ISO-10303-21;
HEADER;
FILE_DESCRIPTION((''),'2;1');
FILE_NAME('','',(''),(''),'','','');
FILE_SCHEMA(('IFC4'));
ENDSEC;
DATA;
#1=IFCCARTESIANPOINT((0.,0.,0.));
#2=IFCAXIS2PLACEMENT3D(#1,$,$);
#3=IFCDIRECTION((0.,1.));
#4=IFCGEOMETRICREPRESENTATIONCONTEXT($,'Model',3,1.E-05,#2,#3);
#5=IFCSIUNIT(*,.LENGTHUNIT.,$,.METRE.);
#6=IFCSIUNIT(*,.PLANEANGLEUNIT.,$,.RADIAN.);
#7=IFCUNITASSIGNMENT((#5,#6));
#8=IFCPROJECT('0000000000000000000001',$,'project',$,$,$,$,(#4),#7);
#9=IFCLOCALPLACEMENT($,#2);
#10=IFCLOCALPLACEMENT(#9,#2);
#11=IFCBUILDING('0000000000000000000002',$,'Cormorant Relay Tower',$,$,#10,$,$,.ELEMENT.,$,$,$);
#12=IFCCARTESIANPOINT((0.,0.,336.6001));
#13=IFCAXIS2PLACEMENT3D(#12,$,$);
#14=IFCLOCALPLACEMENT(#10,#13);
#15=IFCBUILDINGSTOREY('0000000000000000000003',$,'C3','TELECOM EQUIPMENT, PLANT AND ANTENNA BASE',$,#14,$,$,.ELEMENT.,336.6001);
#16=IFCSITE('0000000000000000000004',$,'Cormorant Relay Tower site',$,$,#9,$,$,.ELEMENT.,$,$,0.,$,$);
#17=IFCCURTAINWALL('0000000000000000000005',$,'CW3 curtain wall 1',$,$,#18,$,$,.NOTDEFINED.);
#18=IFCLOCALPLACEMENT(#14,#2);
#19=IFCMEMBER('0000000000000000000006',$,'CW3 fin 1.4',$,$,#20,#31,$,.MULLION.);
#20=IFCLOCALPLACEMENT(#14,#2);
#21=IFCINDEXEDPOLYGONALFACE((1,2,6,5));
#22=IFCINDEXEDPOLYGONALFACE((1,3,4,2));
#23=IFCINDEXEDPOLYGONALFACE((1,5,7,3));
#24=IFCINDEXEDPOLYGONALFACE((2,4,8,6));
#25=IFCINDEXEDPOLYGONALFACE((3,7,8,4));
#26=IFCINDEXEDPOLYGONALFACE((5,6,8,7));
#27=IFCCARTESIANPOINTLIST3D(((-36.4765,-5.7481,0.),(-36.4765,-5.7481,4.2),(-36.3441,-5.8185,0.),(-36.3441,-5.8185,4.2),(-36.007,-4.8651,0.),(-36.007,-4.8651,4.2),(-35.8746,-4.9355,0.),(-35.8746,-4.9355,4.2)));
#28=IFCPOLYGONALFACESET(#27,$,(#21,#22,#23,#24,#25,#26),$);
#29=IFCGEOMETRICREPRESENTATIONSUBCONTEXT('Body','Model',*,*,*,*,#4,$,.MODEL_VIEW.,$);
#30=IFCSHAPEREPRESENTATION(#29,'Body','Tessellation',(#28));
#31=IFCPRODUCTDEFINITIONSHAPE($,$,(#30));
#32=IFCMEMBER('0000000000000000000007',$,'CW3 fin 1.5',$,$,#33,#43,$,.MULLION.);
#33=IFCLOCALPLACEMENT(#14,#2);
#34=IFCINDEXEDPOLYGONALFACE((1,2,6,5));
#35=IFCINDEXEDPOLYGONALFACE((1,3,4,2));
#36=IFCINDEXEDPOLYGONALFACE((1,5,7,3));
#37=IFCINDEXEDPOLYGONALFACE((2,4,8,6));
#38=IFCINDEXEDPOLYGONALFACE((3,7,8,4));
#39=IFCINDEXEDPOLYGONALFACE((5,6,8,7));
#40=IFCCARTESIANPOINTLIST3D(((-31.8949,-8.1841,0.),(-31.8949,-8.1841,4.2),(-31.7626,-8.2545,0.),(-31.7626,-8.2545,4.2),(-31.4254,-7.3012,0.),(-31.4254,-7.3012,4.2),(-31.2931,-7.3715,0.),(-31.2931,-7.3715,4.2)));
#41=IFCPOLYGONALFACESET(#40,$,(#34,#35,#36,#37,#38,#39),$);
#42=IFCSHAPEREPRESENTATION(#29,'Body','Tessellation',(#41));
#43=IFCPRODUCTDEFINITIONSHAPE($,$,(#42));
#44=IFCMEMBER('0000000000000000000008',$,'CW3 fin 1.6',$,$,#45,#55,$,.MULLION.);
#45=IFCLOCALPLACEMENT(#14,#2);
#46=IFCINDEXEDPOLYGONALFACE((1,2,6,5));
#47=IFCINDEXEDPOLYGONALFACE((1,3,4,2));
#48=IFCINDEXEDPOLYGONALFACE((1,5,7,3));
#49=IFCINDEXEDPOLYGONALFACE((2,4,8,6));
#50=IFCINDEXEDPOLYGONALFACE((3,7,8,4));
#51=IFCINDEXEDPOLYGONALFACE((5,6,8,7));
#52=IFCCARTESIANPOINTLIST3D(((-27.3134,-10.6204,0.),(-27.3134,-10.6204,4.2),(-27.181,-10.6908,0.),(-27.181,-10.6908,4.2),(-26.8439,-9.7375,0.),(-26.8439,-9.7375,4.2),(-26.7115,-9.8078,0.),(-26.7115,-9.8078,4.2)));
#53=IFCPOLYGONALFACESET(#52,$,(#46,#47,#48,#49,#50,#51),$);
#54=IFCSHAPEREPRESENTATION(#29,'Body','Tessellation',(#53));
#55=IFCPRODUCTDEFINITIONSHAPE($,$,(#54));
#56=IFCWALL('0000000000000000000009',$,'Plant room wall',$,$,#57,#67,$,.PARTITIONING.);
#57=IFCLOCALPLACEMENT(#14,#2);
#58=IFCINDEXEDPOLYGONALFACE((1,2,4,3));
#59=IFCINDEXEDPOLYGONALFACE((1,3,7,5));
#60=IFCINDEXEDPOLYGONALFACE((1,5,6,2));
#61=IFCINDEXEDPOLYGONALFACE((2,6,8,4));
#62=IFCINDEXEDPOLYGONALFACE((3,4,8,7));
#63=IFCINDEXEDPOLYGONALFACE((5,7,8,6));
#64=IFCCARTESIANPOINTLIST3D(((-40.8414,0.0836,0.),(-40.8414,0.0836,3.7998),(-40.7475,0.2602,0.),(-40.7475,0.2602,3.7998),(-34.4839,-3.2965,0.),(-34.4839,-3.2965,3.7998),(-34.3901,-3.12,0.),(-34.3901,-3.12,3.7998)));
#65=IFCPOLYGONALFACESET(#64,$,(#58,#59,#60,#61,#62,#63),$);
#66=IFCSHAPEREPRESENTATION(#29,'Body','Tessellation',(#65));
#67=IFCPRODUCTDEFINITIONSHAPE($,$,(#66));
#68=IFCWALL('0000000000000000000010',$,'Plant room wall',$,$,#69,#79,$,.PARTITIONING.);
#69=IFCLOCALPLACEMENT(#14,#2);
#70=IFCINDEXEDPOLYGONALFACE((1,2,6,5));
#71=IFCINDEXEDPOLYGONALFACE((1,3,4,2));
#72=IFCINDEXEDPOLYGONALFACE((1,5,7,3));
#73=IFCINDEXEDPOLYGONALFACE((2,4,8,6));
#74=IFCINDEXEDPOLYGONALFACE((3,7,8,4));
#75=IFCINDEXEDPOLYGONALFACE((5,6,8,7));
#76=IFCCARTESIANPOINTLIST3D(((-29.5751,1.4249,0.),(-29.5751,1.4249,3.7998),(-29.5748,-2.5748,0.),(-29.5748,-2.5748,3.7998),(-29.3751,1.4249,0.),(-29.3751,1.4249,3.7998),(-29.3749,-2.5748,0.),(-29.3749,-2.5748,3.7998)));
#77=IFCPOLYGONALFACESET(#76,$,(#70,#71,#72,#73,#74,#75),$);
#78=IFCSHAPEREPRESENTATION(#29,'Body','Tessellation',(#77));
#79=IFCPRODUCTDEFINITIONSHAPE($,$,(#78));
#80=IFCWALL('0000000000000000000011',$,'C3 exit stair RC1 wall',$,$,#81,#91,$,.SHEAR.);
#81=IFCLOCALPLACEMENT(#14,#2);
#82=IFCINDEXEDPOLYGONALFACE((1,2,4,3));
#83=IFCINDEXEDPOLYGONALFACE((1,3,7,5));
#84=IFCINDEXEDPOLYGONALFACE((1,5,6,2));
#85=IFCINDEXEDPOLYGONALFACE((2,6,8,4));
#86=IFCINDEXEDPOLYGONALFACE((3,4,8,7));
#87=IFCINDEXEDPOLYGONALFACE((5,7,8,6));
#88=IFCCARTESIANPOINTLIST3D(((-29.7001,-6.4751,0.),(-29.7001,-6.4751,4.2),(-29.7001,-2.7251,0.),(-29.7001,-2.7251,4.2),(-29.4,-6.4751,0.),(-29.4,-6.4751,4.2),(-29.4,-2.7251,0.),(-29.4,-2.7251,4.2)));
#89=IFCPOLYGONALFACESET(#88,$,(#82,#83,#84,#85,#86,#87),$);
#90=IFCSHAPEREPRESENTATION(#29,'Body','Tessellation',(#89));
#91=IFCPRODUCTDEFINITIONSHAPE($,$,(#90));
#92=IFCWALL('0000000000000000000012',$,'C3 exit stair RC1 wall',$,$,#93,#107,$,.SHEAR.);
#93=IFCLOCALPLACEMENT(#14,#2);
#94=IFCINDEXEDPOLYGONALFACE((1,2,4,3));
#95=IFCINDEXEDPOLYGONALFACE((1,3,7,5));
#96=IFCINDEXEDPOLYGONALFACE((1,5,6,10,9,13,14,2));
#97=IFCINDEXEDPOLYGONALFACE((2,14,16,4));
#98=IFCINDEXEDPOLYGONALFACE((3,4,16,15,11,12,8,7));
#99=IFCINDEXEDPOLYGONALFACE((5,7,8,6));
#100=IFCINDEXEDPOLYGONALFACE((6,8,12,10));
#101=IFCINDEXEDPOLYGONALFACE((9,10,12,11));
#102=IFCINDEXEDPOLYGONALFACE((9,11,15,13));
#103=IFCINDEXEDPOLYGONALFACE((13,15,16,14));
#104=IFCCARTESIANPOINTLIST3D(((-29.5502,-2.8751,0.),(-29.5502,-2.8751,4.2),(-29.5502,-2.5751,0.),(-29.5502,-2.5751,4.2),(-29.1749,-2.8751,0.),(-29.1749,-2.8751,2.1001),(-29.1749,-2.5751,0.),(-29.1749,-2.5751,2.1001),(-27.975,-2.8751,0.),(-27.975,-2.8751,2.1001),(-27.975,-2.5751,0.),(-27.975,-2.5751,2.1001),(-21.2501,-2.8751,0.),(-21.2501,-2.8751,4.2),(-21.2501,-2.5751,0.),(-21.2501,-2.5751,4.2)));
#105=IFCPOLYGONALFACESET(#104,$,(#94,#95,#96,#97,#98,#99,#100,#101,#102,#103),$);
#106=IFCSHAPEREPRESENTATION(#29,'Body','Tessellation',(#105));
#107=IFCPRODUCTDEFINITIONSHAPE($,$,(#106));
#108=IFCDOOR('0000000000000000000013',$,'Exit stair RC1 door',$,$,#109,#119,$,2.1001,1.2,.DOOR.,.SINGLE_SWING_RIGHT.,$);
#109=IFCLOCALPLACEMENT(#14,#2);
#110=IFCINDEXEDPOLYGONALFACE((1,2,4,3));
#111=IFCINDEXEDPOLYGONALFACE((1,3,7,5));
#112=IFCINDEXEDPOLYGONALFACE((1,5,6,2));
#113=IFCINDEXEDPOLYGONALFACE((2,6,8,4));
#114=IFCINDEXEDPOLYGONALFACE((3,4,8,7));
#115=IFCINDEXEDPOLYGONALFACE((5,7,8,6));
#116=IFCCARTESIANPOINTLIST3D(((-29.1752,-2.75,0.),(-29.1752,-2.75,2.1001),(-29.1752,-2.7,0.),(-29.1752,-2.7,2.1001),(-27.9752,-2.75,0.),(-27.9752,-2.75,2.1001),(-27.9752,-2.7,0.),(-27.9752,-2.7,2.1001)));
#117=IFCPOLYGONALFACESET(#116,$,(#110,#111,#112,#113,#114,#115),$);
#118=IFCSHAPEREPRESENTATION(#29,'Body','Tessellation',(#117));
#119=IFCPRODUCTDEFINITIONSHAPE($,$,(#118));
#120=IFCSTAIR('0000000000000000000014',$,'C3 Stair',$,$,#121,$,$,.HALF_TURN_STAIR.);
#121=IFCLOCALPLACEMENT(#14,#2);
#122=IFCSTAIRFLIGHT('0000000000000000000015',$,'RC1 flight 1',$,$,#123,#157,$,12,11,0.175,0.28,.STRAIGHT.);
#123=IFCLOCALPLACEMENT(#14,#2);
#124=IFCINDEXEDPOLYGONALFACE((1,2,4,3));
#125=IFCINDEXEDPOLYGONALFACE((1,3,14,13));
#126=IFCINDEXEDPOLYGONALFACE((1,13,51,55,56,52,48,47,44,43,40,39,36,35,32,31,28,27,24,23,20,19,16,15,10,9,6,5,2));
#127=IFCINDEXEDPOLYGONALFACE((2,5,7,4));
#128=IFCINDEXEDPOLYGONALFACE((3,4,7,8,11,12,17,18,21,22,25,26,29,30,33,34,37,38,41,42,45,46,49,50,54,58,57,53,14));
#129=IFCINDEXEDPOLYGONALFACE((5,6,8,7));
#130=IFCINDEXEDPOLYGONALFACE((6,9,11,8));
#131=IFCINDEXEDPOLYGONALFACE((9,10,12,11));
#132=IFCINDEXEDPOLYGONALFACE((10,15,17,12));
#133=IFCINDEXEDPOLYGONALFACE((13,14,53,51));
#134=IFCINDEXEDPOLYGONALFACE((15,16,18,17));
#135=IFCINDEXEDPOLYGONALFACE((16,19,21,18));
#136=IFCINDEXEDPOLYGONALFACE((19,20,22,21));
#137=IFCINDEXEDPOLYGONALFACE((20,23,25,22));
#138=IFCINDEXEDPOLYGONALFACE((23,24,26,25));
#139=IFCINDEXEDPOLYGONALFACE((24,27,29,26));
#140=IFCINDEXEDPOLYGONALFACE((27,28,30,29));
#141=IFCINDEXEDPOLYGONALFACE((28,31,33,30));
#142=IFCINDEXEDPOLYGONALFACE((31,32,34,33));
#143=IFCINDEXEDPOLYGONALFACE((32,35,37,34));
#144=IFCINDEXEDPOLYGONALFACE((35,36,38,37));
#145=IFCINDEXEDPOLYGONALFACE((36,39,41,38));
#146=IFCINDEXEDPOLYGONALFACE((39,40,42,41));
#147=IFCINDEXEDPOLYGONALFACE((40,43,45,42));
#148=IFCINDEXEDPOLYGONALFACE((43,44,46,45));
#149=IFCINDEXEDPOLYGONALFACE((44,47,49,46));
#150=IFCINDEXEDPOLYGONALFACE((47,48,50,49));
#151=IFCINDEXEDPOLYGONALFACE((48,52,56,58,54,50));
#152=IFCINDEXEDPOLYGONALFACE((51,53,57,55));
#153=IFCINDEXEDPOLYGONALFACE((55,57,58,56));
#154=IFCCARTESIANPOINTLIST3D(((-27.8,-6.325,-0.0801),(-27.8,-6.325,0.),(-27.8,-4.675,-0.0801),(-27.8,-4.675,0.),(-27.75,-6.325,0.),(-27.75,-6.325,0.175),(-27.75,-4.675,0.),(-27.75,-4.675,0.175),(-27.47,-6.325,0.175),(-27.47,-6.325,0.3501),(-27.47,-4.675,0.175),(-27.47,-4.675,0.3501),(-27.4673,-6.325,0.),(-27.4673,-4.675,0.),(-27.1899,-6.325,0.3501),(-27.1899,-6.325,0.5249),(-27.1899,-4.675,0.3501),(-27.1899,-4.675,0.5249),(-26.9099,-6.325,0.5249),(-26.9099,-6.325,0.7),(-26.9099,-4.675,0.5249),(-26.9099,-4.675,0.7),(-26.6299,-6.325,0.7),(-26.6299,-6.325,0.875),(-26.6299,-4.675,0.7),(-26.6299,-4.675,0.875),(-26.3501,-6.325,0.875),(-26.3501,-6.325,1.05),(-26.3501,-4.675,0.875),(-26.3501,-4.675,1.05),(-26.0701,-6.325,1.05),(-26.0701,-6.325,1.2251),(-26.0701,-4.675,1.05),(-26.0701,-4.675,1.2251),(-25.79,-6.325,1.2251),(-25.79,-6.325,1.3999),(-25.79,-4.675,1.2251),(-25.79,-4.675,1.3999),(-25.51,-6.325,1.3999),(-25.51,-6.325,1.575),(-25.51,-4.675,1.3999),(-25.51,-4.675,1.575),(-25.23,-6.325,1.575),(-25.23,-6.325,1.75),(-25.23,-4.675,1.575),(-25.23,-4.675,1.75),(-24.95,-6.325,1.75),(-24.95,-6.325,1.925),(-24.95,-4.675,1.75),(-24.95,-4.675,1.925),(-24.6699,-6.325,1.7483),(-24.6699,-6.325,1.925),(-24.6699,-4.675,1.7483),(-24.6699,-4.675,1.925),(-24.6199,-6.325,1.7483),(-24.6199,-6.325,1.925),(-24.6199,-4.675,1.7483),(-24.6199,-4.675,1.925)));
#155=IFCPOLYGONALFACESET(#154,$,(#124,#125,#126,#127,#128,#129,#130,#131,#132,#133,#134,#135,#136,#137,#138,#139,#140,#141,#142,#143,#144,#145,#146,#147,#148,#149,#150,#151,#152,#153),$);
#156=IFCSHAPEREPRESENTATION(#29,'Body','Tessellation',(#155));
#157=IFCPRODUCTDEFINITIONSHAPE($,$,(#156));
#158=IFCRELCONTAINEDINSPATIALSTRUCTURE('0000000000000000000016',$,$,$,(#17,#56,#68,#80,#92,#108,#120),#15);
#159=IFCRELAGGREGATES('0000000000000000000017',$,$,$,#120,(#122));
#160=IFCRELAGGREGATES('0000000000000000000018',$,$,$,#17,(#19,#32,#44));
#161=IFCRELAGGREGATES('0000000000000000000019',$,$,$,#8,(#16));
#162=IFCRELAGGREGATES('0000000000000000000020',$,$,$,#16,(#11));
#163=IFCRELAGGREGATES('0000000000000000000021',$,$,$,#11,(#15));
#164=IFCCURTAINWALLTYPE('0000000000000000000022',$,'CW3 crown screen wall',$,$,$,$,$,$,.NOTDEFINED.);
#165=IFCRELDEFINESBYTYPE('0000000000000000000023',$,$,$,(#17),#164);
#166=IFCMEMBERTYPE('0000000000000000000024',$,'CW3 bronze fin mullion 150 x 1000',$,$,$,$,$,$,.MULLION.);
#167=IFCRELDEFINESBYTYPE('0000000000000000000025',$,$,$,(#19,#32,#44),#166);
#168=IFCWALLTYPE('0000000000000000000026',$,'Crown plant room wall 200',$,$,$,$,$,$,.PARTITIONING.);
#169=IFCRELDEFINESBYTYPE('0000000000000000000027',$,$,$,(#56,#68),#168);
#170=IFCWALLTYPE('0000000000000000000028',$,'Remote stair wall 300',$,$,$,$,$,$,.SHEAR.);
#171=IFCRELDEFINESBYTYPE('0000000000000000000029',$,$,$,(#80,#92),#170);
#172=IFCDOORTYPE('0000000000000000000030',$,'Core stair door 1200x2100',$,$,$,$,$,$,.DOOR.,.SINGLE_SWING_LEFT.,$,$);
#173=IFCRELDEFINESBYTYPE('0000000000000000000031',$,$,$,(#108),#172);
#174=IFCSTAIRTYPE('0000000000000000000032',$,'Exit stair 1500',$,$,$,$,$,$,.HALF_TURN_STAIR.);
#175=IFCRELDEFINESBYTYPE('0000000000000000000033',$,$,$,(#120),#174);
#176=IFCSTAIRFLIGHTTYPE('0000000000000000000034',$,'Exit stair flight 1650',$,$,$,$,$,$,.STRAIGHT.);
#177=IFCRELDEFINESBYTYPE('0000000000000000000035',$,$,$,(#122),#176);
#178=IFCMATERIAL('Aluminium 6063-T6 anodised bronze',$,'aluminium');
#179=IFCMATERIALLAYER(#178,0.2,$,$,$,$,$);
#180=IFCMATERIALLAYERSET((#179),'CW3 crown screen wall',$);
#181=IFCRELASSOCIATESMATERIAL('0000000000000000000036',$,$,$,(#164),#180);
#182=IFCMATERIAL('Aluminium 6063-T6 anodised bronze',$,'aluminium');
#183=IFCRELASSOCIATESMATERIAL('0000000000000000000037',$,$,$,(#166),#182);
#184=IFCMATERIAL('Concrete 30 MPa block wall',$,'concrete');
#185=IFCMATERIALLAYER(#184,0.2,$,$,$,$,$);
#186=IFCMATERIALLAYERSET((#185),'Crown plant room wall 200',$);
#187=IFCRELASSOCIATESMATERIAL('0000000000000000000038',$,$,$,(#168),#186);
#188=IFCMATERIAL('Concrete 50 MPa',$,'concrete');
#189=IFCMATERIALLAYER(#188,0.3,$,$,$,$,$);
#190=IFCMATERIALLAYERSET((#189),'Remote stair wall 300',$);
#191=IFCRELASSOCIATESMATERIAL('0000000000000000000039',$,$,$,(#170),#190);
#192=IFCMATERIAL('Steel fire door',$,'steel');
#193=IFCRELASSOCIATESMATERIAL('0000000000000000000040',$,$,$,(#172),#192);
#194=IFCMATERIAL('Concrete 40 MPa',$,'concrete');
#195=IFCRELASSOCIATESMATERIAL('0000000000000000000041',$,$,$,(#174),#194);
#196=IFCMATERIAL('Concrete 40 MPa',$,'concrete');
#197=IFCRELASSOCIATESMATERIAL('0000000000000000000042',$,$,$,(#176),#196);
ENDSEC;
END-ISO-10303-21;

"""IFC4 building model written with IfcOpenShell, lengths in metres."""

from ifc_helpers import new_model, si_unit, direction, frame, frame_2d, origin, origin_2d, place, context, subcontext, project, spatial, polyline, rectangle, outline, extrude, material, layer, layer_set, material_profile, profile_set, type_object, element, fill, aggregate, save


model = new_model("IFC4")

# Units and contexts
model_context = context("Model", 3, precision=1e-05, world=origin(), true_north=direction((0.0, 1.0)))
body_context = subcontext(model_context, "Body", "Model", "MODEL_VIEW")
ifc_project = project(units=[si_unit("LENGTHUNIT", "METRE"), si_unit("PLANEANGLEUNIT", "RADIAN")], contexts=[model_context])

# Site, building, storey
site_placement = place(None, origin())
site = spatial("IfcSite", under=ifc_project, at=site_placement, Name="Cormorant Relay Tower site", CompositionType="ELEMENT", RefElevation=0.0)
building_placement = place(site_placement, origin())
building = spatial("IfcBuilding", under=site, at=building_placement, Name="Cormorant Relay Tower", CompositionType="ELEMENT")
storey_placement = place(building_placement, frame((0.0, 0.0, 336.6001)))
storey = spatial("IfcBuildingStorey", under=building, at=storey_placement, Name="C3", Description="TELECOM EQUIPMENT, PLANT AND ANTENNA BASE", CompositionType="ELEMENT", Elevation=336.6001)

# Curtain wall, members
ifc_material_1 = material(Name="Aluminium 6063-T6 anodised bronze", Category="aluminium")
ifc_layer_1 = layer(ifc_material_1, 0.2)
ifc_layer_set_1 = layer_set([ifc_layer_1], Name="CW3 crown screen wall")
curtain_wall_type = type_object("IfcCurtainWallType", Name="CW3 crown screen wall", PredefinedType="NOTDEFINED", material=ifc_layer_set_1)
curtain_wall_placement = place(storey_placement, origin())
curtain_wall = element("IfcCurtainWall", 1, at=curtain_wall_placement, inside=storey, type_object=curtain_wall_type, Name="CW3 curtain wall 1", PredefinedType="NOTDEFINED")
ifc_material_2 = material(Name="Aluminium 6063-T6 anodised bronze", Category="aluminium")
ifc_material_profile = material_profile(ifc_material_2, rectangle(XDim=0.1499, YDim=1.0, at=origin_2d()), Name="AL 150x1000")
ifc_profile_set = profile_set([ifc_material_profile], Name="Aluminium 6063-T6 anodised bronze")
member_type = type_object("IfcMemberType", Name="CW3 bronze fin mullion 150 x 1000", PredefinedType="MULLION", material=ifc_profile_set)
member_1_placement = place(storey_placement, frame((-36.1755, -5.3418, 0.0), z_axis=(0.0, 0.0, 1.0), x_axis=(0.882948, -0.469472, 0.0)))
member_1 = element("IfcMember", 2, at=member_1_placement, type_object=member_type, Name="CW3 fin 1.4", PredefinedType="MULLION", context=body_context, shape_type="SweptSolid", body=[
    extrude(rectangle(XDim=0.1499, YDim=1.0, at=origin_2d()), origin(), (0.0, 0.0, 1.0), 4.2),
])
member_2_placement = place(storey_placement, frame((-31.594, -7.7778, 0.0), z_axis=(0.0, 0.0, 1.0), x_axis=(0.882948, -0.469472, 0.0)))
member_2 = element("IfcMember", 3, at=member_2_placement, type_object=member_type, Name="CW3 fin 1.5", PredefinedType="MULLION", context=body_context, shape_type="SweptSolid", body=[
    extrude(rectangle(XDim=0.1499, YDim=1.0, at=origin_2d()), origin(), (0.0, 0.0, 1.0), 4.2),
])
member_3_placement = place(storey_placement, frame((-27.0125, -10.2141, 0.0), z_axis=(0.0, 0.0, 1.0), x_axis=(0.882948, -0.469472, 0.0)))
member_3 = element("IfcMember", 4, at=member_3_placement, type_object=member_type, Name="CW3 fin 1.6", PredefinedType="MULLION", context=body_context, shape_type="SweptSolid", body=[
    extrude(rectangle(XDim=0.1499, YDim=1.0, at=origin_2d()), origin(), (0.0, 0.0, 1.0), 4.2),
])

# Walls
ifc_material_3 = material(Name="Concrete 30 MPa block wall", Category="concrete")
ifc_layer_2 = layer(ifc_material_3, 0.2)
ifc_layer_set_2 = layer_set([ifc_layer_2], Name="Crown plant room wall 200")
wall_type_1 = type_object("IfcWallType", Name="Crown plant room wall 200", PredefinedType="PARTITIONING", material=ifc_layer_set_2)
wall_1_placement = place(storey_placement, frame((-34.437, -3.2083, 0.0), z_axis=(0.0, 0.0, 1.0), x_axis=(-0.882958, 0.469453, 0.0)))
element("IfcWall", 5, at=wall_1_placement, inside=storey, type_object=wall_type_1, Name="Plant room wall", PredefinedType="PARTITIONING", context=body_context, shape_type="SweptSolid", body=[
    extrude(rectangle(XDim=7.2002, YDim=0.2, at=frame_2d((3.6001, 0.0))), origin(), (0.0, 0.0, 1.0), 3.7998),
])
wall_2_placement = place(storey_placement, frame((-29.4749, -2.575, 0.0), z_axis=(0.0, 0.0, 1.0), x_axis=(-0.000061, 1.0, 0.0)))
element("IfcWall", 6, at=wall_2_placement, inside=storey, type_object=wall_type_1, Name="Plant room wall", PredefinedType="PARTITIONING", context=body_context, shape_type="SweptSolid", body=[
    extrude(rectangle(XDim=3.9998, YDim=0.2, at=frame_2d((2.0, 0.0))), origin(), (0.0, 0.0, 1.0), 3.7998),
])
ifc_material_4 = material(Name="Concrete 50 MPa", Category="concrete")
ifc_layer_3 = layer(ifc_material_4, 0.3)
ifc_layer_set_3 = layer_set([ifc_layer_3], Name="Remote stair wall 300")
wall_type_2 = type_object("IfcWallType", Name="Remote stair wall 300", PredefinedType="SHEAR", material=ifc_layer_set_3)
wall_3_placement = place(storey_placement, frame((-29.55, -6.4751, 0.0), z_axis=(0.0, 0.0, 1.0), x_axis=(0.0, 1.0, 0.0)))
element("IfcWall", 7, at=wall_3_placement, inside=storey, type_object=wall_type_2, Name="C3 exit stair RC1 wall", PredefinedType="SHEAR", context=body_context, shape_type="SweptSolid", body=[
    extrude(rectangle(XDim=3.75, YDim=0.3, at=frame_2d((1.875, 0.0))), origin(), (0.0, 0.0, 1.0), 4.2),
])

# Wall, opening, door
wall_4_placement = place(storey_placement, frame((-29.55, -2.7251, 0.0), z_axis=(0.0, 0.0, 1.0), x_axis=(1.0, 0.0, 0.0)))
wall_4 = element("IfcWall", 8, at=wall_4_placement, inside=storey, type_object=wall_type_2, Name="C3 exit stair RC1 wall", PredefinedType="SHEAR", context=body_context, shape_type="SweptSolid", body=[
    extrude(rectangle(XDim=8.3, YDim=0.3, at=frame_2d((4.1499, 0.0))), origin(), (0.0, 0.0, 1.0), 4.2),
])
opening_placement = place(wall_4_placement, frame((0.375, 0.0, 0.0)))
opening = element("IfcOpeningElement", 9, at=opening_placement, cuts=wall_4, PredefinedType="OPENING", context=body_context, shape_type="SweptSolid", body=[
    extrude(rectangle(XDim=1.2, YDim=2.1001, at=frame_2d((0.6001, 1.05))), frame((0.0, 0.1599, 0.0), z_axis=(0.0, -1.0, 0.0), x_axis=(1.0, 0.0, 0.0)), (0.0, 0.0, 1.0), 0.3201),
])
ifc_material_5 = material(Name="Steel fire door", Category="steel")
door_type = type_object("IfcDoorType", Name="Core stair door 1200x2100", OperationType="SINGLE_SWING_LEFT", PredefinedType="DOOR", material=ifc_material_5)
door_placement = place(opening_placement, frame((1.2, 0.0, 0.0), z_axis=(0.0, 0.0, 1.0), x_axis=(-1.0, 0.0, 0.0)))
door = element("IfcDoor", 10, at=door_placement, inside=storey, type_object=door_type, Name="Exit stair RC1 door", OperationType="SINGLE_SWING_RIGHT", OverallHeight=2.1001, OverallWidth=1.2, PredefinedType="DOOR", context=body_context, shape_type="SweptSolid", body=[
    extrude(rectangle(XDim=1.2, YDim=2.1001, at=frame_2d((0.6001, 1.05))), frame((0.0, 0.0249, 0.0), z_axis=(0.0, -1.0, 0.0), x_axis=(1.0, 0.0, 0.0)), (0.0, 0.0, 1.0), 0.05),
])
fill(opening, door)

# Stair, stair flight
ifc_material_6 = material(Name="Concrete 40 MPa", Category="concrete")
stair_type = type_object("IfcStairType", Name="Exit stair 1500", PredefinedType="HALF_TURN_STAIR", material=ifc_material_6)
stair_placement = place(storey_placement, origin())
stair = element("IfcStair", 11, at=stair_placement, inside=storey, type_object=stair_type, Name="C3 Stair", PredefinedType="HALF_TURN_STAIR")
ifc_material_7 = material(Name="Concrete 40 MPa", Category="concrete")
stair_flight_type = type_object("IfcStairFlightType", Name="Exit stair flight 1650", PredefinedType="STRAIGHT", material=ifc_material_7)
stair_flight_1_placement = place(storey_placement, frame((-27.75, -5.5, 0.0), z_axis=(0.0, 0.0, 1.0), x_axis=(1.0, 0.0, 0.0)))
stair_flight_1 = element("IfcStairFlight", 12, at=stair_flight_1_placement, type_object=stair_flight_type, Name="RC1 flight 1", NumberOfRisers=12, NumberOfTreads=11, PredefinedType="STRAIGHT", RiserHeight=0.175, TreadLength=0.28, context=body_context, shape_type="SweptSolid", body=[
    extrude(outline(polyline([(-0.05, -0.0801), (-0.05, 0.0), (0.0, 0.0), (0.0, 0.175), (0.28, 0.175), (0.28, 0.3501), (0.5601, 0.3501), (0.5601, 0.5249), (0.8401, 0.5249), (0.8401, 0.7), (1.1201, 0.7), (1.1201, 0.875), (1.3999, 0.875), (1.3999, 1.05), (1.6799, 1.05), (1.6799, 1.2251), (1.96, 1.2251), (1.96, 1.3999), (2.24, 1.3999), (2.24, 1.575), (2.52, 1.575), (2.52, 1.75), (2.8, 1.75), (2.8, 1.925), (3.0801, 1.925), (3.1301, 1.925), (3.1301, 1.7483), (3.0801, 1.7483), (0.2827, 0.0), (-0.05, -0.0801)])), frame((0.0, 0.825, 0.0), z_axis=(0.0, -1.0, 0.0), x_axis=(1.0, 0.0, 0.0)), (0.0, 0.0, 1.0), 1.6499),
])
aggregate(stair, [stair_flight_1])

aggregate(curtain_wall, [member_1, member_2, member_3])

save(model, "model.ifc")
